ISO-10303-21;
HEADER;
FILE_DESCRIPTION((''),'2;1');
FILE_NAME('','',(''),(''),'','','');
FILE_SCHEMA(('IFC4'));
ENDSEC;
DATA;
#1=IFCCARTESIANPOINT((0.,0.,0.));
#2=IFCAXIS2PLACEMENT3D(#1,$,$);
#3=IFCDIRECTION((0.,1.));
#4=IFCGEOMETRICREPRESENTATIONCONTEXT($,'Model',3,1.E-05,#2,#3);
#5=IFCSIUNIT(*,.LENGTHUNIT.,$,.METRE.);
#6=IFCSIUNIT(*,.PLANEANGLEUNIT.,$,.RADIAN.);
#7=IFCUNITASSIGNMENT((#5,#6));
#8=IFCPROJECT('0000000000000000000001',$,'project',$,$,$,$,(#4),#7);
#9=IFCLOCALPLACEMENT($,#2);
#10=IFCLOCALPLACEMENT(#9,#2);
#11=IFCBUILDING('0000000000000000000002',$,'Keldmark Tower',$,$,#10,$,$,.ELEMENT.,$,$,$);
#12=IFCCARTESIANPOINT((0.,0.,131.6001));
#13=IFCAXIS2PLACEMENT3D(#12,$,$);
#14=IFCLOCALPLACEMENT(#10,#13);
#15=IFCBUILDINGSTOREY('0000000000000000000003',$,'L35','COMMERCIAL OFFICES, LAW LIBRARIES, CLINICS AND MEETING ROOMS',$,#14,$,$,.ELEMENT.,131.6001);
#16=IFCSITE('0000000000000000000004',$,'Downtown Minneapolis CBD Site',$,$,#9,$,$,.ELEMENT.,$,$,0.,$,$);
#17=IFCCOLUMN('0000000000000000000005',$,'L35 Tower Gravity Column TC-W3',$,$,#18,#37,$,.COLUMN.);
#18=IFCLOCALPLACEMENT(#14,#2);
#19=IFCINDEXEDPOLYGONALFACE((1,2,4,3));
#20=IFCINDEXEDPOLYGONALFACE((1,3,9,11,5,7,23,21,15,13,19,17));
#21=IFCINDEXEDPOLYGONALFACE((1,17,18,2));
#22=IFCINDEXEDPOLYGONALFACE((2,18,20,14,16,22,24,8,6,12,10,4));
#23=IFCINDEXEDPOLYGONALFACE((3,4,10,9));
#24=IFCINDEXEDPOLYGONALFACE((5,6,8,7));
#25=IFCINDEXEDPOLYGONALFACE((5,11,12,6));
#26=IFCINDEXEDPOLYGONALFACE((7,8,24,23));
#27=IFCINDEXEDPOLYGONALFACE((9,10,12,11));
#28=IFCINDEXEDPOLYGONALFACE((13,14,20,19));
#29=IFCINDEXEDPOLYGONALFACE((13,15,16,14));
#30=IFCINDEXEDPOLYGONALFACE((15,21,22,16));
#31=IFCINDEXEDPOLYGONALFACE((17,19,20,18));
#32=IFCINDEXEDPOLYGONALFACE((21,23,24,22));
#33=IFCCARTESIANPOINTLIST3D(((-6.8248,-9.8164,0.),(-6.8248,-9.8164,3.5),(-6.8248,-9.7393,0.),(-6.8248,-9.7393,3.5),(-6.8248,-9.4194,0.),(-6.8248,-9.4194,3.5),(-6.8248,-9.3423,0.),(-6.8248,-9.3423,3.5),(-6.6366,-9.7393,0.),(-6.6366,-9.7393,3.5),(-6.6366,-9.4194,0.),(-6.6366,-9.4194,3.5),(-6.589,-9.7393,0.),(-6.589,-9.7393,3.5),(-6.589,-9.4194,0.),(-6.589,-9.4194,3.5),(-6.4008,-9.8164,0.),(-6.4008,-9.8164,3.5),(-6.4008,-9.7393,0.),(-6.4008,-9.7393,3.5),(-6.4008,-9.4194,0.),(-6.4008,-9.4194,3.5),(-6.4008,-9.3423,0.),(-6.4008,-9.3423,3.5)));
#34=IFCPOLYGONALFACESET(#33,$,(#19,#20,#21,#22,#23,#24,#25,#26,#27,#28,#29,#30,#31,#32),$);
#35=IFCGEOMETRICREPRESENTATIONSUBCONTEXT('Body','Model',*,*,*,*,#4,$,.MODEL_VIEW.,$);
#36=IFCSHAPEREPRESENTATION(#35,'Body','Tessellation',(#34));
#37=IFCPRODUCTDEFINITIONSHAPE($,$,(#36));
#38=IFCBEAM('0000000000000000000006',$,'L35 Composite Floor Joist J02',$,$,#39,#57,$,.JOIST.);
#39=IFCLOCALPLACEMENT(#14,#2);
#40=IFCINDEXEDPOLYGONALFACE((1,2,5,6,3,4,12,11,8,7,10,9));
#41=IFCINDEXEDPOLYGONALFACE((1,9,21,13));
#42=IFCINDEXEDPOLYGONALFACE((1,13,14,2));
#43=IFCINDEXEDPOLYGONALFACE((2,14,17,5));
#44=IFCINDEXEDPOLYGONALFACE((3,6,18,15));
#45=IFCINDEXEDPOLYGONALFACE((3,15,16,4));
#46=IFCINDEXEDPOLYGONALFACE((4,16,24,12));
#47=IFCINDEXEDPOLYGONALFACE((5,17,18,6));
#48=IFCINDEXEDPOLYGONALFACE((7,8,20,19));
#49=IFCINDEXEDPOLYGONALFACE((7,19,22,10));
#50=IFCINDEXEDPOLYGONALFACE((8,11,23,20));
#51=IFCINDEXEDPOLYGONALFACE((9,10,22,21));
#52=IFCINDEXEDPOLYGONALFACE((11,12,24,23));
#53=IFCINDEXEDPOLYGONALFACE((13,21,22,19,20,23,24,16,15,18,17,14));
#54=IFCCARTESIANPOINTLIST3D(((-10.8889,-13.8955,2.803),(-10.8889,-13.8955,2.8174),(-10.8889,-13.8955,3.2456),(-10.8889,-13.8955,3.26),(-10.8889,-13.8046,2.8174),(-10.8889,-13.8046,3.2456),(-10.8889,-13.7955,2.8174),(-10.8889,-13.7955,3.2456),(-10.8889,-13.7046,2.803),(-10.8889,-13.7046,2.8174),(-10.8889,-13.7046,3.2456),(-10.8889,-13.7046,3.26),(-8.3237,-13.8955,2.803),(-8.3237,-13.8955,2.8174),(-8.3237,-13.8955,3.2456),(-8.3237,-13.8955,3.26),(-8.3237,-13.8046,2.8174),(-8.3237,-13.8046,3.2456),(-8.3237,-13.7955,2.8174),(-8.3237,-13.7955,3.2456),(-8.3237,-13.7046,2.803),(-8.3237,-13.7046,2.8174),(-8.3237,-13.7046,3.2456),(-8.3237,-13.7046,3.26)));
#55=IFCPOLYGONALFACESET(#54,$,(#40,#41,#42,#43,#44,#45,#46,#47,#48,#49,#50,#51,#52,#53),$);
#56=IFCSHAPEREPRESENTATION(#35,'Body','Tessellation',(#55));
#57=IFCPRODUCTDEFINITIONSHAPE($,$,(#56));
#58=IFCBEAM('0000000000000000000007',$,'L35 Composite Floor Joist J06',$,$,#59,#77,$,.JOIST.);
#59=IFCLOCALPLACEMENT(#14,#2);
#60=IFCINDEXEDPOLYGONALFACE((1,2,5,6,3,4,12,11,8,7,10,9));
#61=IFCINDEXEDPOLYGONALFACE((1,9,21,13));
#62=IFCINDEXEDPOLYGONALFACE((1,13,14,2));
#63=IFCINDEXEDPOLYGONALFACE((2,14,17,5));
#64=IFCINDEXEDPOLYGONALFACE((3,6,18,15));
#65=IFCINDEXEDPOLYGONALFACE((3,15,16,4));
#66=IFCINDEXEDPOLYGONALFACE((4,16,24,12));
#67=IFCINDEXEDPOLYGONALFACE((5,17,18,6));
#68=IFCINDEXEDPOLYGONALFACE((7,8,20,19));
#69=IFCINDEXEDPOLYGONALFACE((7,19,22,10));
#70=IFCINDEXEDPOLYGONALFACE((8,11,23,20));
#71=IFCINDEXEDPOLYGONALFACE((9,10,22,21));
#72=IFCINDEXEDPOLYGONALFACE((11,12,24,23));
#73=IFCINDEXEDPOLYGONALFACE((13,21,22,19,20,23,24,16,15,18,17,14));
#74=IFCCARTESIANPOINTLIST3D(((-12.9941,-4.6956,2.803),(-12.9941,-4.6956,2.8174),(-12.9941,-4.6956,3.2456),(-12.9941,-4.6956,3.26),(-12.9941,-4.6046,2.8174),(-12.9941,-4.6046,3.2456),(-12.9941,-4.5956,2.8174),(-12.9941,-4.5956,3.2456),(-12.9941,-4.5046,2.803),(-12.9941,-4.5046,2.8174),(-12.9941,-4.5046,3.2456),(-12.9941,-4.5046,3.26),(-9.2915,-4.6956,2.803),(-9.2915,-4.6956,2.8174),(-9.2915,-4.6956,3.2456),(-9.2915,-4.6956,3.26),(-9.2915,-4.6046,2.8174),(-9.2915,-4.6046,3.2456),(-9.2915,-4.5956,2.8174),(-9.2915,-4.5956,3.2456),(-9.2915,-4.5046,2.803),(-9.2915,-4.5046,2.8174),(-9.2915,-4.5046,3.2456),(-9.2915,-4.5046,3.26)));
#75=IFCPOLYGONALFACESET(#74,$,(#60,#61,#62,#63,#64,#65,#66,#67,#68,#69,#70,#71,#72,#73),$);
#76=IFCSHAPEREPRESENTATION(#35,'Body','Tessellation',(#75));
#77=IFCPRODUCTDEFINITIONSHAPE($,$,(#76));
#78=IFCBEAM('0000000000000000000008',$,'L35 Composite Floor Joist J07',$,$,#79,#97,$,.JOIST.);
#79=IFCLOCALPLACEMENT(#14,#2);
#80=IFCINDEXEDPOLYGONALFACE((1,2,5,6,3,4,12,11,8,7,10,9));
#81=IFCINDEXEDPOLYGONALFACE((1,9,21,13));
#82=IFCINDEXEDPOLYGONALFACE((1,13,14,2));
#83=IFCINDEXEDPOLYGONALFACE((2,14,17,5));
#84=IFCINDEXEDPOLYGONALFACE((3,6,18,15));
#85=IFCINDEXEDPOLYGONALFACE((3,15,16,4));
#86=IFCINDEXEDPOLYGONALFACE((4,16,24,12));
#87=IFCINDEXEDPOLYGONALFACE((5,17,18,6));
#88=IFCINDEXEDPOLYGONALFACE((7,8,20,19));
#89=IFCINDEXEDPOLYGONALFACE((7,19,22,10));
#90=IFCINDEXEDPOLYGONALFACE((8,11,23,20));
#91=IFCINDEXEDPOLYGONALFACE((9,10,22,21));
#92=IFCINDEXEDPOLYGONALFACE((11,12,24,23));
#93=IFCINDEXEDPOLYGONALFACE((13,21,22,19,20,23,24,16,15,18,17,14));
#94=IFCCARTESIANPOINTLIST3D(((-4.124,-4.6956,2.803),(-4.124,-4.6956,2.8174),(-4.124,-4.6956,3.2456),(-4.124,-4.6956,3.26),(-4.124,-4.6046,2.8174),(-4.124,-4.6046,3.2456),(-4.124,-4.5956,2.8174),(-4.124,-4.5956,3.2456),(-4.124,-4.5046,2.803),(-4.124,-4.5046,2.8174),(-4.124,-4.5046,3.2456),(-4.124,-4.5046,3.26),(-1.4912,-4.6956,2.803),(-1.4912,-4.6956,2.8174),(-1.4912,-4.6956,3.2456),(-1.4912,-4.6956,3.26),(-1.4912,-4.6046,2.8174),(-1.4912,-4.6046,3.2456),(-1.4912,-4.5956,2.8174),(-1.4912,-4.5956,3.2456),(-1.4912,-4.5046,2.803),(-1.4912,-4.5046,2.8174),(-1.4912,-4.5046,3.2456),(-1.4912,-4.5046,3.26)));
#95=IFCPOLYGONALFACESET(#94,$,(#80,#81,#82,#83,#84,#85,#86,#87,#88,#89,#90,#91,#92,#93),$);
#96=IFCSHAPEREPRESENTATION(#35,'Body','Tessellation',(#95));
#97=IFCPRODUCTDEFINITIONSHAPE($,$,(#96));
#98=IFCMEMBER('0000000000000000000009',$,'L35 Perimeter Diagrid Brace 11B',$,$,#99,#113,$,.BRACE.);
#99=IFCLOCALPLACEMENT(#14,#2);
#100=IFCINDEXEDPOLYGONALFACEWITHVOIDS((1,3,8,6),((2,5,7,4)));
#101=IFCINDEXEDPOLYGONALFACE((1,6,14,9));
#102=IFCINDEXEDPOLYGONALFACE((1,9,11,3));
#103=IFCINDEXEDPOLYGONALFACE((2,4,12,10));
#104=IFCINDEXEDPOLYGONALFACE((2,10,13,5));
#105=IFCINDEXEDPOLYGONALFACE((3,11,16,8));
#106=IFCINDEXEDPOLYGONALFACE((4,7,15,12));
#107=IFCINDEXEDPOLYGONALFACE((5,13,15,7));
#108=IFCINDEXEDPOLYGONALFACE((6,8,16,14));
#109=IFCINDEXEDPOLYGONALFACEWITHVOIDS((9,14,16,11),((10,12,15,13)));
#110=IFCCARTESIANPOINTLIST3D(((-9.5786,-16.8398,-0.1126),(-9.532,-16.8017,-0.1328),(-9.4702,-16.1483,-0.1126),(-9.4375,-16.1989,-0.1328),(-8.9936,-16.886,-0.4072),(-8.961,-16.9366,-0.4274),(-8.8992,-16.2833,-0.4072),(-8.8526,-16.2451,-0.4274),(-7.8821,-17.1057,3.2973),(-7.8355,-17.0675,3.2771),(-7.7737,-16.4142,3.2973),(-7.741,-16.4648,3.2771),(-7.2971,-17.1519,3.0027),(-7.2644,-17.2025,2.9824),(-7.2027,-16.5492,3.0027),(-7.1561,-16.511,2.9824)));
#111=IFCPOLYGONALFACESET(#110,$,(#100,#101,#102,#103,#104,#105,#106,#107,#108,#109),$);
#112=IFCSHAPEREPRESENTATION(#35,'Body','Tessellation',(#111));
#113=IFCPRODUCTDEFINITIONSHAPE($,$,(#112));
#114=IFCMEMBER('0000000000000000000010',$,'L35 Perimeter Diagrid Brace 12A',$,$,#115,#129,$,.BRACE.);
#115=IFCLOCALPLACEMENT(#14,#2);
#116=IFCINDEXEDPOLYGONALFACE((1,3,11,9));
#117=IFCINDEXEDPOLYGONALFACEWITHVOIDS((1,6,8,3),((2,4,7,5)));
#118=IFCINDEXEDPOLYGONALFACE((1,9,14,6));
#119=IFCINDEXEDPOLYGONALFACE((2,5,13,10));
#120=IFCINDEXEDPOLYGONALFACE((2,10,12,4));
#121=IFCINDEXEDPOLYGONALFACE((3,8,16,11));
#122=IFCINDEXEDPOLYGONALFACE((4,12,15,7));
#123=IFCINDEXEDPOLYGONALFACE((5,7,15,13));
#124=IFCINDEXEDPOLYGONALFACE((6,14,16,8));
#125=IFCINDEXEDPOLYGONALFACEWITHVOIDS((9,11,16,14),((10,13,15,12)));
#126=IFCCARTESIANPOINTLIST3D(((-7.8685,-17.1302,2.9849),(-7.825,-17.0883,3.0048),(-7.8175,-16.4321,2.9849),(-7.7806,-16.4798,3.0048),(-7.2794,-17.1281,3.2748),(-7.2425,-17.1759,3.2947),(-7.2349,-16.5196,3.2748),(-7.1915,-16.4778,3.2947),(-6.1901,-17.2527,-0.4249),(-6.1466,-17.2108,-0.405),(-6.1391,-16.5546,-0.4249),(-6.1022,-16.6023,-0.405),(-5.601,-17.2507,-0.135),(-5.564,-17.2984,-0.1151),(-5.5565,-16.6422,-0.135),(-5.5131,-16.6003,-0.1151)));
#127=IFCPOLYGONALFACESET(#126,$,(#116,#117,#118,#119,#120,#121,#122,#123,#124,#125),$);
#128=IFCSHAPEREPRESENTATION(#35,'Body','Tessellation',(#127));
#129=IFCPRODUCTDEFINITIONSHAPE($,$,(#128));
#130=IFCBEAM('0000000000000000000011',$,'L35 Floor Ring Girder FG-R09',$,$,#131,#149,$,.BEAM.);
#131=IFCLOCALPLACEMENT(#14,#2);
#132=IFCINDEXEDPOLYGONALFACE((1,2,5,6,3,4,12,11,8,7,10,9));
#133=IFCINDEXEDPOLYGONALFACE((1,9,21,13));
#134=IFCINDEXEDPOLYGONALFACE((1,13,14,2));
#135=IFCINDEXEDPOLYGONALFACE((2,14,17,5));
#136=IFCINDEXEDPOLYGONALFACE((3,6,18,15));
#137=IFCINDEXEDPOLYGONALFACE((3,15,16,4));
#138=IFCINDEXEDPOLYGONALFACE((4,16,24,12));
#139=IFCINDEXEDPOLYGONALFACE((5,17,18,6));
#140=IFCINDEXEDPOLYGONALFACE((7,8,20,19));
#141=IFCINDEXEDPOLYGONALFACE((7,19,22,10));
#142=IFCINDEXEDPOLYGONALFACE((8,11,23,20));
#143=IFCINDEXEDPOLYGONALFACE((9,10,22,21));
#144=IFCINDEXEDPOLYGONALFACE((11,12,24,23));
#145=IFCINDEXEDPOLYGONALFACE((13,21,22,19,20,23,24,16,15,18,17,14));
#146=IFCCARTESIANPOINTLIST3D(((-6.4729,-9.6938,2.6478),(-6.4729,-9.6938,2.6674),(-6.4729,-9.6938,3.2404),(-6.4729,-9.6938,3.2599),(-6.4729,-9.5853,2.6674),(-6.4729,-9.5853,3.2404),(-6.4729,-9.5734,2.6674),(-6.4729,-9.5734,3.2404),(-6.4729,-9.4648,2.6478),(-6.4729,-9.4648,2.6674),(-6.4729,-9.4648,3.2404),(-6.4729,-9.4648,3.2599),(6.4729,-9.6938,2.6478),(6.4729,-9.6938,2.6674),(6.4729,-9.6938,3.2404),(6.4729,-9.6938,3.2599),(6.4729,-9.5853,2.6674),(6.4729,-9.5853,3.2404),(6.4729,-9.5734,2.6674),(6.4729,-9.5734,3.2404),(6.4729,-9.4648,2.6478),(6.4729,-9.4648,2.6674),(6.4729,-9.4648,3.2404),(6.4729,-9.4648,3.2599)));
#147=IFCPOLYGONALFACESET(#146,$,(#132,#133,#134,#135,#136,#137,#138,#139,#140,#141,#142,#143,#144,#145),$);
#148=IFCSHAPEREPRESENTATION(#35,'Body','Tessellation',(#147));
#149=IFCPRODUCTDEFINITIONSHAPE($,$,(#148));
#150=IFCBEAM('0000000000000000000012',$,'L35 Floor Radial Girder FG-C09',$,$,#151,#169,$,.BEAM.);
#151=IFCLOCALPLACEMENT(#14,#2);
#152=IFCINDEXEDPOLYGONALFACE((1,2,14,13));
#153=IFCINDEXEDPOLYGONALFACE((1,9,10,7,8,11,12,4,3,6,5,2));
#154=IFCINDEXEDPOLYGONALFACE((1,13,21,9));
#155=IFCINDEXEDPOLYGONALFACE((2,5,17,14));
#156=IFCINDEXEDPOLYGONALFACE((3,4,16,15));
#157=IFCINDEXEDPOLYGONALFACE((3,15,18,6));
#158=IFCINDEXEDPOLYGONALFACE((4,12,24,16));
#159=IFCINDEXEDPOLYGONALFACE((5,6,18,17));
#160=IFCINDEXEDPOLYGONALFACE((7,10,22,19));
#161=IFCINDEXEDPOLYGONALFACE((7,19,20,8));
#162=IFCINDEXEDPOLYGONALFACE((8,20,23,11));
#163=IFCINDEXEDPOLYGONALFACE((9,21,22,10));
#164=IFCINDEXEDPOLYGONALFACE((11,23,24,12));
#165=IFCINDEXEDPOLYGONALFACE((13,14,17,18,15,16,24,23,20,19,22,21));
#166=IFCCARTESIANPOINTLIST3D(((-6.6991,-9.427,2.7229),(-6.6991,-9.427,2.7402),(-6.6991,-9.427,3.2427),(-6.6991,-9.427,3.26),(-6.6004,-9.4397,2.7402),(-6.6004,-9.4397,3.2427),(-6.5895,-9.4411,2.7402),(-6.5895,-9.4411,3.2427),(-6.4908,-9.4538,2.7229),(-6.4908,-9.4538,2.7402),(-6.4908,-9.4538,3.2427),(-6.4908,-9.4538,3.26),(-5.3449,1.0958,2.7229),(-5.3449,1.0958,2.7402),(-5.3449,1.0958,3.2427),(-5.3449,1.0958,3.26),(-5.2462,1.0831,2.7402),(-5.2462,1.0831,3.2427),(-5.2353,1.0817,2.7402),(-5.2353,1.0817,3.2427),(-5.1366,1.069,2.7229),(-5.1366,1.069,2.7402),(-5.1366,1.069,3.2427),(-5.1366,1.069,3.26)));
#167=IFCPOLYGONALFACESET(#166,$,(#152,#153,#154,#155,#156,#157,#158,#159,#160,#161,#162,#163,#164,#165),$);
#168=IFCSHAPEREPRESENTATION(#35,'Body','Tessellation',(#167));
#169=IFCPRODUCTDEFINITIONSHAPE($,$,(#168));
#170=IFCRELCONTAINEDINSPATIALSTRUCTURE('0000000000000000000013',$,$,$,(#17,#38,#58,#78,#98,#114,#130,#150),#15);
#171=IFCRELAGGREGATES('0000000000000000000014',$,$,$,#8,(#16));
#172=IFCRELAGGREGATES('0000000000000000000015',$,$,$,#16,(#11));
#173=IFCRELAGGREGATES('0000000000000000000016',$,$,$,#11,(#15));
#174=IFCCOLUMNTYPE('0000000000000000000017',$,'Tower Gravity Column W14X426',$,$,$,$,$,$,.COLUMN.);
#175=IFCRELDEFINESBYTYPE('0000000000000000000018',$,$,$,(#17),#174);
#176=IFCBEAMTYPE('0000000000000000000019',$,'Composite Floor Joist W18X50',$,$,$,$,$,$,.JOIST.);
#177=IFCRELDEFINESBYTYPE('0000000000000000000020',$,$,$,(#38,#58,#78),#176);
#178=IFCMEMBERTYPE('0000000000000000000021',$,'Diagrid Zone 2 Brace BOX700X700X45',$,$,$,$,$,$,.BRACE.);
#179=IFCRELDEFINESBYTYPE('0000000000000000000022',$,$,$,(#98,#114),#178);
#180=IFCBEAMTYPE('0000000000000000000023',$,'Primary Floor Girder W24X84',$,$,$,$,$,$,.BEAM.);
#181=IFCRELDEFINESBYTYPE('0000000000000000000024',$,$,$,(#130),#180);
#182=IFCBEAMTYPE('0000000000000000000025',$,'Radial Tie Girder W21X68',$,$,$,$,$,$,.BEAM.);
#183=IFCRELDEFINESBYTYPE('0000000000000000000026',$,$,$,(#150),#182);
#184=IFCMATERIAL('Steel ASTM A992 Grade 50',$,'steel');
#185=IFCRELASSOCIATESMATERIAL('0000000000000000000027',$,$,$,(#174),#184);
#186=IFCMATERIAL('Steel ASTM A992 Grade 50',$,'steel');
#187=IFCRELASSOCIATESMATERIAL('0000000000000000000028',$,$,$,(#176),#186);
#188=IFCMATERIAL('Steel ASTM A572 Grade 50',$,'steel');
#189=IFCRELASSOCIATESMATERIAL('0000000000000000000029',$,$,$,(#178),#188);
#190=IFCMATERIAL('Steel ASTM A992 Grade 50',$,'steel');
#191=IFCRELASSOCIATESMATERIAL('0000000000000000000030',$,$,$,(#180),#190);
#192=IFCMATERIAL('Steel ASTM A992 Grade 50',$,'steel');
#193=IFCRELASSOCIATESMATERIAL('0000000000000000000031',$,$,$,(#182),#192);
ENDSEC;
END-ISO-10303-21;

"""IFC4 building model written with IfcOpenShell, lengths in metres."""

from ifc_helpers import new_model, si_unit, direction, frame, origin, origin_2d, place, context, subcontext, project, spatial, hollow_rectangle, i_section, extrude, material, material_profile, profile_set, type_object, element, save


model = new_model("IFC4")

# Units and contexts
model_context = context("Model", 3, precision=1e-05, world=origin(), true_north=direction((0.0, 1.0)))
body_context = subcontext(model_context, "Body", "Model", "MODEL_VIEW")
ifc_project = project(units=[si_unit("LENGTHUNIT", "METRE"), si_unit("PLANEANGLEUNIT", "RADIAN")], contexts=[model_context])

# Site, building, storey
site_placement = place(None, origin())
site = spatial("IfcSite", under=ifc_project, at=site_placement, Name="Downtown Minneapolis CBD Site", CompositionType="ELEMENT", RefElevation=0.0)
building_placement = place(site_placement, origin())
building = spatial("IfcBuilding", under=site, at=building_placement, Name="Keldmark Tower", CompositionType="ELEMENT")
storey_placement = place(building_placement, frame((0.0, 0.0, 131.6001)))
storey = spatial("IfcBuildingStorey", under=building, at=storey_placement, Name="L35", Description="COMMERCIAL OFFICES, LAW LIBRARIES, CLINICS AND MEETING ROOMS", CompositionType="ELEMENT", Elevation=131.6001)

# Column
ifc_material_1 = material(Name="Steel ASTM A992 Grade 50", Category="steel")
ifc_material_profile_1 = material_profile(ifc_material_1, i_section(OverallWidth=0.4241, OverallDepth=0.4741, WebThickness=0.0476, FlangeThickness=0.0771, at=origin_2d()), Name="W14X426")
ifc_profile_set_1 = profile_set([ifc_material_profile_1], Name="Steel ASTM A992 Grade 50")
column_type = type_object("IfcColumnType", Name="Tower Gravity Column W14X426", PredefinedType="COLUMN", material=ifc_profile_set_1)
column_placement = place(storey_placement, frame((-6.6128, -9.5793, 0.0), z_axis=(0.0, 0.0, 1.0), x_axis=(1.0, 0.0, 0.0)))
element("IfcColumn", 1, at=column_placement, inside=storey, type_object=column_type, Name="L35 Tower Gravity Column TC-W3", PredefinedType="COLUMN", context=body_context, shape_type="SweptSolid", body=[
    extrude(i_section(OverallWidth=0.4241, OverallDepth=0.4741, WebThickness=0.0476, FlangeThickness=0.0771, at=origin_2d()), origin(), (0.0, 0.0, 1.0), 3.5),
])

# Beams
ifc_material_2 = material(Name="Steel ASTM A992 Grade 50", Category="steel")
ifc_material_profile_2 = material_profile(ifc_material_2, i_section(OverallWidth=0.1909, OverallDepth=0.457, WebThickness=0.009, FlangeThickness=0.0144, at=origin_2d()), Name="W18X50")
ifc_profile_set_2 = profile_set([ifc_material_profile_2], Name="Steel ASTM A992 Grade 50")
beam_type_1 = type_object("IfcBeamType", Name="Composite Floor Joist W18X50", PredefinedType="JOIST", material=ifc_profile_set_2)
beam_1_placement = place(storey_placement, frame((-10.8889, -13.8, 3.0315), z_axis=(1.0, 0.0, 0.0), x_axis=(0.0, 1.0, 0.0)))
element("IfcBeam", 2, at=beam_1_placement, inside=storey, type_object=beam_type_1, Name="L35 Composite Floor Joist J02", PredefinedType="JOIST", context=body_context, shape_type="SweptSolid", body=[
    extrude(i_section(OverallWidth=0.1909, OverallDepth=0.457, WebThickness=0.009, FlangeThickness=0.0144, at=origin_2d()), origin(), (0.0, 0.0, 1.0), 2.5652),
])
beam_2_placement = place(storey_placement, frame((-12.9941, -4.6001, 3.0315), z_axis=(1.0, 0.0, 0.0), x_axis=(0.0, 1.0, 0.0)))
element("IfcBeam", 3, at=beam_2_placement, inside=storey, type_object=beam_type_1, Name="L35 Composite Floor Joist J06", PredefinedType="JOIST", context=body_context, shape_type="SweptSolid", body=[
    extrude(i_section(OverallWidth=0.1909, OverallDepth=0.457, WebThickness=0.009, FlangeThickness=0.0144, at=origin_2d()), origin(), (0.0, 0.0, 1.0), 3.7026),
])
beam_3_placement = place(storey_placement, frame((-4.124, -4.6001, 3.0315), z_axis=(1.0, 0.0, 0.0), x_axis=(0.0, 1.0, 0.0)))
element("IfcBeam", 4, at=beam_3_placement, inside=storey, type_object=beam_type_1, Name="L35 Composite Floor Joist J07", PredefinedType="JOIST", context=body_context, shape_type="SweptSolid", body=[
    extrude(i_section(OverallWidth=0.1909, OverallDepth=0.457, WebThickness=0.009, FlangeThickness=0.0144, at=origin_2d()), origin(), (0.0, 0.0, 1.0), 2.6328),
])

# Members
ifc_material_3 = material(Name="Steel ASTM A572 Grade 50", Category="steel")
ifc_material_profile_3 = material_profile(ifc_material_3, hollow_rectangle(XDim=0.7, YDim=0.7, WallThickness=0.0449, at=origin_2d()), Name="BOX700X700X45")
ifc_profile_set_3 = profile_set([ifc_material_profile_3], Name="Steel ASTM A572 Grade 50")
member_type = type_object("IfcMemberType", Name="Diagrid Zone 2 Brace BOX700X700X45", PredefinedType="BRACE", material=ifc_profile_set_3)
member_1_placement = place(storey_placement, frame((-9.2156, -16.5425, -0.27), z_axis=(0.444362, -0.069637, 0.893137), x_axis=(0.154824, 0.987942, 0.0)))
element("IfcMember", 5, at=member_1_placement, inside=storey, type_object=member_type, Name="L35 Perimeter Diagrid Brace 11B", PredefinedType="BRACE", context=body_context, shape_type="SweptSolid", body=[
    extrude(hollow_rectangle(XDim=0.7, YDim=0.7, WallThickness=0.0449, at=origin_2d()), origin(), (0.0, 0.0, 1.0), 3.8179),
])
member_2_placement = place(storey_placement, frame((-5.8516, -16.9265, -0.27), z_axis=(-0.4414, 0.03223, 0.896732), x_axis=(-0.072824, -0.997345, 0.0)))
element("IfcMember", 6, at=member_2_placement, inside=storey, type_object=member_type, Name="L35 Perimeter Diagrid Brace 12A", PredefinedType="BRACE", context=body_context, shape_type="SweptSolid", body=[
    extrude(hollow_rectangle(XDim=0.7, YDim=0.7, WallThickness=0.0449, at=origin_2d()), origin(), (0.0, 0.0, 1.0), 3.8025),
])

# Beams
ifc_material_4 = material(Name="Steel ASTM A992 Grade 50", Category="steel")
ifc_material_profile_4 = material_profile(ifc_material_4, i_section(OverallWidth=0.229, OverallDepth=0.6121, WebThickness=0.012, FlangeThickness=0.0195, at=origin_2d()), Name="W24X84")
ifc_profile_set_4 = profile_set([ifc_material_profile_4], Name="Steel ASTM A992 Grade 50")
beam_type_2 = type_object("IfcBeamType", Name="Primary Floor Girder W24X84", PredefinedType="BEAM", material=ifc_profile_set_4)
beam_4_placement = place(storey_placement, frame((-6.4729, -9.5793, 2.9539), z_axis=(1.0, 0.0, 0.0), x_axis=(0.0, 1.0, 0.0)))
element("IfcBeam", 7, at=beam_4_placement, inside=storey, type_object=beam_type_2, Name="L35 Floor Ring Girder FG-R09", PredefinedType="BEAM", context=body_context, shape_type="SweptSolid", body=[
    extrude(i_section(OverallWidth=0.229, OverallDepth=0.6121, WebThickness=0.012, FlangeThickness=0.0195, at=origin_2d()), origin(), (0.0, 0.0, 1.0), 12.9458),
])
ifc_material_5 = material(Name="Steel ASTM A992 Grade 50", Category="steel")
ifc_material_profile_5 = material_profile(ifc_material_5, i_section(OverallWidth=0.21, OverallDepth=0.5371, WebThickness=0.011, FlangeThickness=0.0173, at=origin_2d()), Name="W21X68")
ifc_profile_set_5 = profile_set([ifc_material_profile_5], Name="Steel ASTM A992 Grade 50")
beam_type_3 = type_object("IfcBeamType", Name="Radial Tie Girder W21X68", PredefinedType="BEAM", material=ifc_profile_set_5)
beam_5_placement = place(storey_placement, frame((-6.595, -9.4404, 2.9915), z_axis=(0.127642, 0.99182, 0.0), x_axis=(-0.99182, 0.127642, 0.0)))
element("IfcBeam", 8, at=beam_5_placement, inside=storey, type_object=beam_type_3, Name="L35 Floor Radial Girder FG-C09", PredefinedType="BEAM", context=body_context, shape_type="SweptSolid", body=[
    extrude(i_section(OverallWidth=0.21, OverallDepth=0.5371, WebThickness=0.011, FlangeThickness=0.0173, at=origin_2d()), origin(), (0.0, 0.0, 1.0), 10.6096),
])

save(model, "model.ifc")
